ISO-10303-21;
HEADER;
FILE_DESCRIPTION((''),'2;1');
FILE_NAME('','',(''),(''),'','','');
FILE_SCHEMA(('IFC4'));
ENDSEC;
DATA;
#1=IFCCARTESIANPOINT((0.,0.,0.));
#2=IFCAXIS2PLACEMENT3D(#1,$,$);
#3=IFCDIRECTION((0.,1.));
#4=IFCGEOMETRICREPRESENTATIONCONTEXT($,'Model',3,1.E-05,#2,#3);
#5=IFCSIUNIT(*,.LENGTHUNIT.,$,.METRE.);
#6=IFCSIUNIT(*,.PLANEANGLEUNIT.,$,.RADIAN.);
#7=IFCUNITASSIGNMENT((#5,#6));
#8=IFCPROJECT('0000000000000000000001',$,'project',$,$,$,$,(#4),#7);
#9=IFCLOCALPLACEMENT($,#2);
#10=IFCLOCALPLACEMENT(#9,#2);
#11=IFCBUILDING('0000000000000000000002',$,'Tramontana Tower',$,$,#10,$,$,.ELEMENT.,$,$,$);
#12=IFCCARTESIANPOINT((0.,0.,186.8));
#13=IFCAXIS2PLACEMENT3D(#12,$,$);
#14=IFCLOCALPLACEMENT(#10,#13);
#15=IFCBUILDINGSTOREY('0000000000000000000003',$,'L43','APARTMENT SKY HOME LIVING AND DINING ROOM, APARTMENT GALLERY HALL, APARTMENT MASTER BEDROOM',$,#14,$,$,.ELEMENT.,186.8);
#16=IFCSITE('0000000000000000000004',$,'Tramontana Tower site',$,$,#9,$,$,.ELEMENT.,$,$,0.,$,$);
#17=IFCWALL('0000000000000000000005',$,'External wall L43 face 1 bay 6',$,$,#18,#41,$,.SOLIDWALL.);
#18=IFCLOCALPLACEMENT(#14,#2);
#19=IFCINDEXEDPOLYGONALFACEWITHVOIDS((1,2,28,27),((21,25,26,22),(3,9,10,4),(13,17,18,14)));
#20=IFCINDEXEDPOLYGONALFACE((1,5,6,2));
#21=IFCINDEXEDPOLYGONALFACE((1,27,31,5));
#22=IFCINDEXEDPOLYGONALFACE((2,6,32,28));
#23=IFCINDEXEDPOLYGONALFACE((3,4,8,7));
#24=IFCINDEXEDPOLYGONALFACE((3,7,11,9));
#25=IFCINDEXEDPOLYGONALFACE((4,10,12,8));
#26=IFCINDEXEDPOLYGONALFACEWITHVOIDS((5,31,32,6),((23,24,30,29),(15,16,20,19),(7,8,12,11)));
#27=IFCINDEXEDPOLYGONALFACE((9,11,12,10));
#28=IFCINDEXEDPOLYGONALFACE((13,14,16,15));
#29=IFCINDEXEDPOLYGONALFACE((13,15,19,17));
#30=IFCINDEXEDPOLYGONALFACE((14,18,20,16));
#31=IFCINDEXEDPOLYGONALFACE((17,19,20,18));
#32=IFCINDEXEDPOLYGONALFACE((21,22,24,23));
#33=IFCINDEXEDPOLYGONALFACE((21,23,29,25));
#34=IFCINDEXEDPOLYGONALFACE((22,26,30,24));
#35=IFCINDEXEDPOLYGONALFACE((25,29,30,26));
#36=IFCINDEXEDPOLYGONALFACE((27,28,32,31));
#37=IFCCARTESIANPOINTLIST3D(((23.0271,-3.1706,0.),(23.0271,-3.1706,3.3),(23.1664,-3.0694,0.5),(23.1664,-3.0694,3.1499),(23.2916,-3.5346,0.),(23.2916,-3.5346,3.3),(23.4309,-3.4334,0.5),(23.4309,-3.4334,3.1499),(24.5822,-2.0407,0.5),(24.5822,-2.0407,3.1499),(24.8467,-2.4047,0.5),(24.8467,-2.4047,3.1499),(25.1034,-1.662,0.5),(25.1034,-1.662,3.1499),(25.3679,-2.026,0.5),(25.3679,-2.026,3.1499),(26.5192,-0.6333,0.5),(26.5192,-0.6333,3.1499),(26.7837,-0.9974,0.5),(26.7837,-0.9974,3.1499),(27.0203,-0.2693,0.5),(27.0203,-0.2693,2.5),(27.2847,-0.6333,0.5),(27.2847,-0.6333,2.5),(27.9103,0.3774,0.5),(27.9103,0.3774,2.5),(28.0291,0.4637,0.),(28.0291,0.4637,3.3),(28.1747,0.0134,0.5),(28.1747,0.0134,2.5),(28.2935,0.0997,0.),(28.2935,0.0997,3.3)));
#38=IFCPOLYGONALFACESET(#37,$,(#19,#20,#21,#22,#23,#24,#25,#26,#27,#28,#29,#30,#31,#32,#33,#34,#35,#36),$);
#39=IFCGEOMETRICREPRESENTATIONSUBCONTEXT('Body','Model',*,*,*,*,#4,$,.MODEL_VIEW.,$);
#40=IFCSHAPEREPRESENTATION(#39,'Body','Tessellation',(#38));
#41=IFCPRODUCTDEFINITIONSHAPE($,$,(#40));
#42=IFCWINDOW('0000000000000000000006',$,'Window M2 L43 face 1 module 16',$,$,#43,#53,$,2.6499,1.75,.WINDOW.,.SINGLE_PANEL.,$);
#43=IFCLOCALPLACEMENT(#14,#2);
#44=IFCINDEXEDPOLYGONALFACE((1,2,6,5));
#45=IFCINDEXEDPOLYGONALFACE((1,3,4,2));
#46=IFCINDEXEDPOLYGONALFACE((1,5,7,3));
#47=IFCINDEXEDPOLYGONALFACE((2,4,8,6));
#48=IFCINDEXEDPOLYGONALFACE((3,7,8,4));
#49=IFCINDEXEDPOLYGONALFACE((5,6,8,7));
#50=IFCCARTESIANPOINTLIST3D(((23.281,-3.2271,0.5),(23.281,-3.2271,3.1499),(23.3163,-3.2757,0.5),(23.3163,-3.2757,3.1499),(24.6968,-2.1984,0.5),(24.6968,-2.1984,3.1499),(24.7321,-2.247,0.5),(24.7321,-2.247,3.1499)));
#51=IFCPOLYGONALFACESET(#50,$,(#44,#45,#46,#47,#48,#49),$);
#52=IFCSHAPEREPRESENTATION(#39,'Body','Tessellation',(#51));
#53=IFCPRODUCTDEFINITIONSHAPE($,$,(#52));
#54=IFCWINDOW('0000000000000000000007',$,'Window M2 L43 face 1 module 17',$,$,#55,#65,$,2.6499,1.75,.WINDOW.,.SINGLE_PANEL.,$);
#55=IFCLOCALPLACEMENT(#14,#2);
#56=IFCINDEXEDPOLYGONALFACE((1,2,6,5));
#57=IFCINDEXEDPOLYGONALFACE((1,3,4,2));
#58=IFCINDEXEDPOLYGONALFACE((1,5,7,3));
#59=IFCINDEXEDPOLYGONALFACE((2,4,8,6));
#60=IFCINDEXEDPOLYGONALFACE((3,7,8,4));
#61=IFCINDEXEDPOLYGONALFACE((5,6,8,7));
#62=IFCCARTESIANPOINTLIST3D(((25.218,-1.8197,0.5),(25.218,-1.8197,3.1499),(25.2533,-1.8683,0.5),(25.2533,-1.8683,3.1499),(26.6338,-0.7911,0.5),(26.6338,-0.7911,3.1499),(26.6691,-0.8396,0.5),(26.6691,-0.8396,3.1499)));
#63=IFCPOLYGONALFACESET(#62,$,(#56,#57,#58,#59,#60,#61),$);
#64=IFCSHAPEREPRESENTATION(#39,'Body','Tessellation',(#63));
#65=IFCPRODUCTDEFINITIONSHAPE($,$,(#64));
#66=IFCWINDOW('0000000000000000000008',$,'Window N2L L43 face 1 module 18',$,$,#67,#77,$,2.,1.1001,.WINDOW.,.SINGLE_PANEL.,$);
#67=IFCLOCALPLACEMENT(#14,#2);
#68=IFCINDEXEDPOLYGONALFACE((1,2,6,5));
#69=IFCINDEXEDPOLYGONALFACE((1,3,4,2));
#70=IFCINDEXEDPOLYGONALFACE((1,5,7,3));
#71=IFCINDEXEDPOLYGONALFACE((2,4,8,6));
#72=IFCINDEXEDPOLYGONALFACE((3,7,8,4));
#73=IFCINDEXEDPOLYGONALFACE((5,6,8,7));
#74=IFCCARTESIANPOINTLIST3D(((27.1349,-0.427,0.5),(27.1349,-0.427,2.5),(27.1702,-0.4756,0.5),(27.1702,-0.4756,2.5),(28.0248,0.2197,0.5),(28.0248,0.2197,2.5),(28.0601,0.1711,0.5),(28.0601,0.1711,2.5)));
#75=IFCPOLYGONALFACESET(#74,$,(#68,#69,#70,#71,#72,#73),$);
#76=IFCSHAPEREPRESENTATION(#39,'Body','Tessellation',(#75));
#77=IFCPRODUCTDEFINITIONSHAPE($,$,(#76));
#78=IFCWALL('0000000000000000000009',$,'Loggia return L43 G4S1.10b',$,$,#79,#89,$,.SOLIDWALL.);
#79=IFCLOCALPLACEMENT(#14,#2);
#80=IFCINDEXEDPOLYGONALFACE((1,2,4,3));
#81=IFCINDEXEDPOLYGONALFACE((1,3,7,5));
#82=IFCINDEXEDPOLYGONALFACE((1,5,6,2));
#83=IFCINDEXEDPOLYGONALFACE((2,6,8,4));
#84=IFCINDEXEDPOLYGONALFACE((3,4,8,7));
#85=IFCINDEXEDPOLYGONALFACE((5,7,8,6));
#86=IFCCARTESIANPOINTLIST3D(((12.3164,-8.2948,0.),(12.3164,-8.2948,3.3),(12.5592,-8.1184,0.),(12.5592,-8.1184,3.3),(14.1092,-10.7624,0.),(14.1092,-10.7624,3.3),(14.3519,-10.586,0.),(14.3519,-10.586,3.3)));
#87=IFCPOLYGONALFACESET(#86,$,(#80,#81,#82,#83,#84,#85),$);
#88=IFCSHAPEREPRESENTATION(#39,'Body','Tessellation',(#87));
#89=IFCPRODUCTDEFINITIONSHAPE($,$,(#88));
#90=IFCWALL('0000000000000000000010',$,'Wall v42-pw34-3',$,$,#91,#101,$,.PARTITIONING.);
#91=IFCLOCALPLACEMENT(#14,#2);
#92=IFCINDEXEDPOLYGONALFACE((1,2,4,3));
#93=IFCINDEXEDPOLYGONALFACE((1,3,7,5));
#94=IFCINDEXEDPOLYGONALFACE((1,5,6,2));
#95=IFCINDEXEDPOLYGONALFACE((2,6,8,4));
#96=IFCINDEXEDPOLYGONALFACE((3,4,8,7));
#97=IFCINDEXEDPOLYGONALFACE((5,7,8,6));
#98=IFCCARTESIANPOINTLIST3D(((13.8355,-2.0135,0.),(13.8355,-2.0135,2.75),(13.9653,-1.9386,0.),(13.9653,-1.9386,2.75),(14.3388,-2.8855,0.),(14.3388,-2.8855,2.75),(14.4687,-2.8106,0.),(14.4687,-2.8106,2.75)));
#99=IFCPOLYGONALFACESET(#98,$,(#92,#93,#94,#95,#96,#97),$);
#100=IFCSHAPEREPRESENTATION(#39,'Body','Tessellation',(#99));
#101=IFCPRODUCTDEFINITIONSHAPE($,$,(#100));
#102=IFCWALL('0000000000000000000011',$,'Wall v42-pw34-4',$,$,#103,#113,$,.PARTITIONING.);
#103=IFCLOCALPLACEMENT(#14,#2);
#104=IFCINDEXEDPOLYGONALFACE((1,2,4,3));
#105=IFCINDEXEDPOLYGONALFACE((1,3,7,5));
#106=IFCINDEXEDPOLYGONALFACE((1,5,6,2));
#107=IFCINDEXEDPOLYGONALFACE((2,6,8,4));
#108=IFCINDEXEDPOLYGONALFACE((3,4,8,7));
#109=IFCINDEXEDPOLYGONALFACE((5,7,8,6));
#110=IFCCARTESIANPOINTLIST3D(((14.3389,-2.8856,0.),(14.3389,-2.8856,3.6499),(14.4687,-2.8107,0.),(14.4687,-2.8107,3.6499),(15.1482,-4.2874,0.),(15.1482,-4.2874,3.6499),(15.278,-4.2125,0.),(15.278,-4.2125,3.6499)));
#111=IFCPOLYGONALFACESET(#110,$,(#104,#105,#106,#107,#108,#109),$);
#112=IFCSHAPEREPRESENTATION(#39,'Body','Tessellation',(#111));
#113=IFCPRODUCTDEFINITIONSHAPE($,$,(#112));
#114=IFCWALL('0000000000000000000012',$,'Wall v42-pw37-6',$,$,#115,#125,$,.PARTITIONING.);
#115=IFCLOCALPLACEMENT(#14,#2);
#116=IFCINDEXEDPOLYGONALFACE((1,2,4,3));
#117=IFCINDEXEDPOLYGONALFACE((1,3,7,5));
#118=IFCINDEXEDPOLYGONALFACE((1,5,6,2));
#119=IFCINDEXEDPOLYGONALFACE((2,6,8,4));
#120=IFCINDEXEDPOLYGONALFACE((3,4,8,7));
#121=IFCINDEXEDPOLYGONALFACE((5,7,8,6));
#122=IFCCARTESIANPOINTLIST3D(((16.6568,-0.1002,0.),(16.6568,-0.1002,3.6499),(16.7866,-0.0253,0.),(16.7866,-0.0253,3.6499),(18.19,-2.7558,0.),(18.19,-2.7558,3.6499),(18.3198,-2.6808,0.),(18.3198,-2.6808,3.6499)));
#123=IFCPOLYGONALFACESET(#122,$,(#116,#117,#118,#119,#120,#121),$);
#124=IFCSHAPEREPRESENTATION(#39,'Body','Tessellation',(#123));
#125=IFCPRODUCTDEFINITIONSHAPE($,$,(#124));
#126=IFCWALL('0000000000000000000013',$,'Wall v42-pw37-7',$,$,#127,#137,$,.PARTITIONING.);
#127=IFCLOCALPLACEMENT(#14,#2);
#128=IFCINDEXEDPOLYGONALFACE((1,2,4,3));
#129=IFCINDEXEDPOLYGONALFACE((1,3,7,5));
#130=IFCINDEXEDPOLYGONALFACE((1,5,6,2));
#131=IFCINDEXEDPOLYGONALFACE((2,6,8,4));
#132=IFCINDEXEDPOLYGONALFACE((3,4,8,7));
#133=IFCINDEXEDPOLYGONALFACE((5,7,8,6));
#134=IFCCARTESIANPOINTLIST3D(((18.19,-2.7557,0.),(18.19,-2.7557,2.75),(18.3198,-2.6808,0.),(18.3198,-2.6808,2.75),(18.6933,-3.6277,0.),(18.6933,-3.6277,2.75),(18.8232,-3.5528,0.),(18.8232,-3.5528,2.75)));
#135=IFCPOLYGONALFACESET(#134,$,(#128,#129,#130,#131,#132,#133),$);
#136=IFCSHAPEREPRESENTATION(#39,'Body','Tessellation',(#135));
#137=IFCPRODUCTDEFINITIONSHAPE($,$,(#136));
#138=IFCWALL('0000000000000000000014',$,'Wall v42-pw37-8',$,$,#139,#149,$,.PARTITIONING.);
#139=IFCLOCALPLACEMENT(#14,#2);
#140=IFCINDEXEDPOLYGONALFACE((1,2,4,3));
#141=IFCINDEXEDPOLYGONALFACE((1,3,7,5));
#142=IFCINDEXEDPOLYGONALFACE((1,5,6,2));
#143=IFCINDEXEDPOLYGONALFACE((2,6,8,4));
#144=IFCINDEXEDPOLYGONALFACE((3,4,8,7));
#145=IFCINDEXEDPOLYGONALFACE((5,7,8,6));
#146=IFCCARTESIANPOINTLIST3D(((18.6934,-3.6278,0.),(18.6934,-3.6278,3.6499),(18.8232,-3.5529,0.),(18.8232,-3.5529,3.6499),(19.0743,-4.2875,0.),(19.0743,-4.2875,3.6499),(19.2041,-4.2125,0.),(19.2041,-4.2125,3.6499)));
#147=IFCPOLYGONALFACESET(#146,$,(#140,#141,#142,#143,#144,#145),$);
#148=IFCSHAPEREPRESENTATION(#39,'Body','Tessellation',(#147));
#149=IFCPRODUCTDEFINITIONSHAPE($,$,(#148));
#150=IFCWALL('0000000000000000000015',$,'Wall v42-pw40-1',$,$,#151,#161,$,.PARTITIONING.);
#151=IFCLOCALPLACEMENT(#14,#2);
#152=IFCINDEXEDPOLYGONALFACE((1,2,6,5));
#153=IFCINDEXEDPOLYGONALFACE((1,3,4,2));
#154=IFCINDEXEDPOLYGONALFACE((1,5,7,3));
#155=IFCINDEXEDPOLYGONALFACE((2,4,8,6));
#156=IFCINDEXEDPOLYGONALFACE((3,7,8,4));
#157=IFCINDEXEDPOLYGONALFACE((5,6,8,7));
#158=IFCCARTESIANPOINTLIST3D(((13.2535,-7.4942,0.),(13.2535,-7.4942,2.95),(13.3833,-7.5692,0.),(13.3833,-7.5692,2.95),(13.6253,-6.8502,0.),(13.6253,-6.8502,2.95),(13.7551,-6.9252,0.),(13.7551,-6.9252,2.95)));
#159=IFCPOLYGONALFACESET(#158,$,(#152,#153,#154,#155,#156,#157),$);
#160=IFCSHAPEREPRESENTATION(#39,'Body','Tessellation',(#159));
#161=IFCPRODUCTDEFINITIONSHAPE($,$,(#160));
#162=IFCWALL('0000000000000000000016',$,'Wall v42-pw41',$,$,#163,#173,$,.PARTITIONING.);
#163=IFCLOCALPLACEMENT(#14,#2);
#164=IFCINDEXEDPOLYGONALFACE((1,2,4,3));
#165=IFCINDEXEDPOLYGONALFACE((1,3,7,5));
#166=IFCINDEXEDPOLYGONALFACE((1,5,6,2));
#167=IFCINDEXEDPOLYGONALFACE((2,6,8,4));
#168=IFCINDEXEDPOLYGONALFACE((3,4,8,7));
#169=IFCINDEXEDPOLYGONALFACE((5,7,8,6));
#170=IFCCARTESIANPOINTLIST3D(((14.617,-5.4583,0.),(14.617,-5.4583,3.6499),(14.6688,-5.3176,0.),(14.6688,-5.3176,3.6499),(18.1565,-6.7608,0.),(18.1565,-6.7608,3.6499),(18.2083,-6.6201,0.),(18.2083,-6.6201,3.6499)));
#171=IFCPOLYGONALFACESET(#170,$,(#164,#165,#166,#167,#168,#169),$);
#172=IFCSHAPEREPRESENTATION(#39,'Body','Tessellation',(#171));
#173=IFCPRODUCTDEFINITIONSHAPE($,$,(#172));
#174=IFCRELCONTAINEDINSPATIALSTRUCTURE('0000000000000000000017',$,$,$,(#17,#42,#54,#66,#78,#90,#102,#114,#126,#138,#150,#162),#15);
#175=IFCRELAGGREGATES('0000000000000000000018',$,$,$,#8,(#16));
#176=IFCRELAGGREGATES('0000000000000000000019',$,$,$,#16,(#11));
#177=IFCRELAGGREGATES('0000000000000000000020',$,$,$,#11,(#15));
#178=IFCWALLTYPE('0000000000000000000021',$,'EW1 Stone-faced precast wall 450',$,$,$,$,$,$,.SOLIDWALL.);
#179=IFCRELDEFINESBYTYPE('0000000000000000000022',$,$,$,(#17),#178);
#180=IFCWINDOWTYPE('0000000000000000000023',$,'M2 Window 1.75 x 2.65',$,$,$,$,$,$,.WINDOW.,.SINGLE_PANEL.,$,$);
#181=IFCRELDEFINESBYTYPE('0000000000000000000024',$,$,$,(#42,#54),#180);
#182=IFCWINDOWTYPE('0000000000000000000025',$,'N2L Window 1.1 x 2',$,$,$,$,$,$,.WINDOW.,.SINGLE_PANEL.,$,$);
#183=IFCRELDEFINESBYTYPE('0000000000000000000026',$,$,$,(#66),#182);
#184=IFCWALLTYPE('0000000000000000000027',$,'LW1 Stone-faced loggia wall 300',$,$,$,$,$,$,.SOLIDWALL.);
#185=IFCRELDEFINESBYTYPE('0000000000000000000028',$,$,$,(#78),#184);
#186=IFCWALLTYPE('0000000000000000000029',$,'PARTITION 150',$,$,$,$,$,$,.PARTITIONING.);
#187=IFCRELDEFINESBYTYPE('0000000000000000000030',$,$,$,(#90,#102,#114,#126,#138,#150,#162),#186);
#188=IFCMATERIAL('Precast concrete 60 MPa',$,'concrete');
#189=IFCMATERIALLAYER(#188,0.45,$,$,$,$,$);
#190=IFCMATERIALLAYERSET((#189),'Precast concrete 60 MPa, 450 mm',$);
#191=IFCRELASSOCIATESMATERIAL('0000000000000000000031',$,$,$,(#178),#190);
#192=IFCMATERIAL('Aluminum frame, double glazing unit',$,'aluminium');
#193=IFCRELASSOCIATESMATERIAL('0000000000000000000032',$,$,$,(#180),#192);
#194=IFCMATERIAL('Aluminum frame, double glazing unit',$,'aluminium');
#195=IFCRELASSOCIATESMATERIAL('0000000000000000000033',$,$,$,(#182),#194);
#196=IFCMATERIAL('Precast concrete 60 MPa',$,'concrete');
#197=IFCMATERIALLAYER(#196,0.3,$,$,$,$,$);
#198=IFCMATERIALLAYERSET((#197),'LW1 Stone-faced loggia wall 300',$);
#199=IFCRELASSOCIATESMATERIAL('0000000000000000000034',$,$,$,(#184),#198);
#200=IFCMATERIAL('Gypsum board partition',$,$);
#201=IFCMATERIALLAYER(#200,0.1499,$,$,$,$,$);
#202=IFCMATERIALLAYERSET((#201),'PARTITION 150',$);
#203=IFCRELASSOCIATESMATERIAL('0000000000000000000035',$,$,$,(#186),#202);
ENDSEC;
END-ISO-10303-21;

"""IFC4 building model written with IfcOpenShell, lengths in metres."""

from ifc_helpers import new_model, si_unit, direction, frame, frame_2d, origin, place, context, subcontext, project, spatial, rectangle, extrude, material, layer, layer_set, type_object, element, fill, save


model = new_model("IFC4")

# Units and contexts
model_context = context("Model", 3, precision=1e-05, world=origin(), true_north=direction((0.0, 1.0)))
body_context = subcontext(model_context, "Body", "Model", "MODEL_VIEW")
ifc_project = project(units=[si_unit("LENGTHUNIT", "METRE"), si_unit("PLANEANGLEUNIT", "RADIAN")], contexts=[model_context])

# Site, building, storey
site_placement = place(None, origin())
site = spatial("IfcSite", under=ifc_project, at=site_placement, Name="Tramontana Tower site", CompositionType="ELEMENT", RefElevation=0.0)
building_placement = place(site_placement, origin())
building = spatial("IfcBuilding", under=site, at=building_placement, Name="Tramontana Tower", CompositionType="ELEMENT")
storey_placement = place(building_placement, frame((0.0, 0.0, 186.8)))
storey = spatial("IfcBuildingStorey", under=building, at=storey_placement, Name="L43", Description="APARTMENT SKY HOME LIVING AND DINING ROOM, APARTMENT GALLERY HALL, APARTMENT MASTER BEDROOM", CompositionType="ELEMENT", Elevation=186.8)

# Shared definitions
ifc_material_1 = material(Name="Precast concrete 60 MPa", Category="concrete")
ifc_layer_1 = layer(ifc_material_1, 0.45)
ifc_layer_set_1 = layer_set([ifc_layer_1], Name="Precast concrete 60 MPa, 450 mm")
wall_type_1 = type_object("IfcWallType", Name="EW1 Stone-faced precast wall 450", PredefinedType="SOLIDWALL", material=ifc_layer_set_1)
ifc_material_2 = material(Name="Aluminum frame, double glazing unit", Category="aluminium")
window_type_1 = type_object("IfcWindowType", Name="M2 Window 1.75 x 2.65", PartitioningType="SINGLE_PANEL", PredefinedType="WINDOW", material=ifc_material_2)

# Wall, openings, windows
wall_1_placement = place(storey_placement, frame((23.1594, -3.3525, 0.0), z_axis=(0.0, 0.0, 1.0), x_axis=(0.809006, 0.587801, 0.0)))
wall_1 = element("IfcWall", 1, at=wall_1_placement, inside=storey, type_object=wall_type_1, Name="External wall L43 face 1 bay 6", PredefinedType="SOLIDWALL", context=body_context, shape_type="SweptSolid", body=[
    extrude(rectangle(XDim=6.1829, YDim=0.45, at=frame_2d((3.0913, 0.0))), origin(), (0.0, 0.0, 1.0), 3.3),
])
opening_1_placement = place(wall_1_placement, frame((0.1721, 0.0, 0.5)))
opening_1 = element("IfcOpeningElement", 2, at=opening_1_placement, cuts=wall_1, PredefinedType="OPENING", context=body_context, shape_type="SweptSolid", body=[
    extrude(rectangle(XDim=1.75, YDim=2.6499, at=frame_2d((0.875, 1.325))), frame((0.0, 0.2349, 0.0), z_axis=(0.0, -1.0, 0.0), x_axis=(1.0, 0.0, 0.0)), (0.0, 0.0, 1.0), 0.47),
])
opening_2_placement = place(wall_1_placement, frame((2.5664, 0.0, 0.5)))
opening_2 = element("IfcOpeningElement", 3, at=opening_2_placement, cuts=wall_1, PredefinedType="OPENING", context=body_context, shape_type="SweptSolid", body=[
    extrude(rectangle(XDim=1.75, YDim=2.6499, at=frame_2d((0.875, 1.325))), frame((0.0, 0.2349, 0.0), z_axis=(0.0, -1.0, 0.0), x_axis=(1.0, 0.0, 0.0)), (0.0, 0.0, 1.0), 0.47),
])
opening_3_placement = place(wall_1_placement, frame((4.9358, 0.0, 0.5)))
opening_3 = element("IfcOpeningElement", 4, at=opening_3_placement, cuts=wall_1, PredefinedType="OPENING", context=body_context, shape_type="SweptSolid", body=[
    extrude(rectangle(XDim=1.1001, YDim=2.0, at=frame_2d((0.55, 1.0))), frame((0.0, 0.2349, 0.0), z_axis=(0.0, -1.0, 0.0), x_axis=(1.0, 0.0, 0.0)), (0.0, 0.0, 1.0), 0.47),
])
window_1_placement = place(opening_1_placement, origin())
window_1 = element("IfcWindow", 5, at=window_1_placement, inside=storey, type_object=window_type_1, Name="Window M2 L43 face 1 module 16", OverallHeight=2.6499, OverallWidth=1.75, PartitioningType="SINGLE_PANEL", PredefinedType="WINDOW", context=body_context, shape_type="SweptSolid", body=[
    extrude(rectangle(XDim=1.75, YDim=2.6499, at=frame_2d((0.875, 1.325))), frame((0.0, 0.03, 0.0), z_axis=(0.0, -1.0, 0.0), x_axis=(1.0, 0.0, 0.0)), (0.0, 0.0, 1.0), 0.0601),
])
fill(opening_1, window_1)
window_2_placement = place(opening_2_placement, origin())
window_2 = element("IfcWindow", 6, at=window_2_placement, inside=storey, type_object=window_type_1, Name="Window M2 L43 face 1 module 17", OverallHeight=2.6499, OverallWidth=1.75, PartitioningType="SINGLE_PANEL", PredefinedType="WINDOW", context=body_context, shape_type="SweptSolid", body=[
    extrude(rectangle(XDim=1.75, YDim=2.6499, at=frame_2d((0.875, 1.325))), frame((0.0, 0.03, 0.0), z_axis=(0.0, -1.0, 0.0), x_axis=(1.0, 0.0, 0.0)), (0.0, 0.0, 1.0), 0.0601),
])
fill(opening_2, window_2)
ifc_material_3 = material(Name="Aluminum frame, double glazing unit", Category="aluminium")
window_type_2 = type_object("IfcWindowType", Name="N2L Window 1.1 x 2", PartitioningType="SINGLE_PANEL", PredefinedType="WINDOW", material=ifc_material_3)
window_3_placement = place(opening_3_placement, origin())
window_3 = element("IfcWindow", 7, at=window_3_placement, inside=storey, type_object=window_type_2, Name="Window N2L L43 face 1 module 18", OverallHeight=2.0, OverallWidth=1.1001, PartitioningType="SINGLE_PANEL", PredefinedType="WINDOW", context=body_context, shape_type="SweptSolid", body=[
    extrude(rectangle(XDim=1.1001, YDim=2.0, at=frame_2d((0.55, 1.0))), frame((0.0, 0.03, 0.0), z_axis=(0.0, -1.0, 0.0), x_axis=(1.0, 0.0, 0.0)), (0.0, 0.0, 1.0), 0.0601),
])
fill(opening_3, window_3)

# Walls
ifc_material_4 = material(Name="Precast concrete 60 MPa", Category="concrete")
ifc_layer_2 = layer(ifc_material_4, 0.3)
ifc_layer_set_2 = layer_set([ifc_layer_2], Name="LW1 Stone-faced loggia wall 300")
wall_type_2 = type_object("IfcWallType", Name="LW1 Stone-faced loggia wall 300", PredefinedType="SOLIDWALL", material=ifc_layer_set_2)
wall_2_placement = place(storey_placement, frame((14.2305, -10.6741, 0.0), z_axis=(0.0, 0.0, 1.0), x_axis=(-0.587777, 0.809023, 0.0)))
element("IfcWall", 8, at=wall_2_placement, inside=storey, type_object=wall_type_2, Name="Loggia return L43 G4S1.10b", PredefinedType="SOLIDWALL", context=body_context, shape_type="SweptSolid", body=[
    extrude(rectangle(XDim=3.05, YDim=0.3, at=frame_2d((1.5249, 0.0))), origin(), (0.0, 0.0, 1.0), 3.3),
])
ifc_material_5 = material(Name="Gypsum board partition")
ifc_layer_3 = layer(ifc_material_5, 0.1499)
ifc_layer_set_3 = layer_set([ifc_layer_3], Name="PARTITION 150")
wall_type_3 = type_object("IfcWallType", Name="PARTITION 150", PredefinedType="PARTITIONING", material=ifc_layer_set_3)
wall_3_placement = place(storey_placement, frame((13.9004, -1.9761, 0.0), z_axis=(0.0, 0.0, 1.0), x_axis=(0.499946, -0.866056, 0.0)))
element("IfcWall", 9, at=wall_3_placement, inside=storey, type_object=wall_type_3, Name="Wall v42-pw34-3", PredefinedType="PARTITIONING", context=body_context, shape_type="SweptSolid", body=[
    extrude(rectangle(XDim=1.0068, YDim=0.1499, at=frame_2d((0.5034, 0.0))), origin(), (0.0, 0.0, 1.0), 2.75),
])
wall_4_placement = place(storey_placement, frame((14.4038, -2.8481, 0.0), z_axis=(0.0, 0.0, 1.0), x_axis=(0.499984, -0.866035, 0.0)))
element("IfcWall", 10, at=wall_4_placement, inside=storey, type_object=wall_type_3, Name="Wall v42-pw34-4", PredefinedType="PARTITIONING", context=body_context, shape_type="SweptSolid", body=[
    extrude(rectangle(XDim=1.6187, YDim=0.1499, at=frame_2d((0.8093, 0.0))), origin(), (0.0, 0.0, 1.0), 3.6499),
])
wall_5_placement = place(storey_placement, frame((16.7217, -0.0627, 0.0), z_axis=(0.0, 0.0, 1.0), x_axis=(0.50001, -0.86602, 0.0)))
element("IfcWall", 11, at=wall_5_placement, inside=storey, type_object=wall_type_3, Name="Wall v42-pw37-6", PredefinedType="PARTITIONING", context=body_context, shape_type="SweptSolid", body=[
    extrude(rectangle(XDim=3.0664, YDim=0.1499, at=frame_2d((1.5332, 0.0))), origin(), (0.0, 0.0, 1.0), 3.6499),
])
wall_6_placement = place(storey_placement, frame((18.2549, -2.7183, 0.0), z_axis=(0.0, 0.0, 1.0), x_axis=(0.499946, -0.866056, 0.0)))
element("IfcWall", 12, at=wall_6_placement, inside=storey, type_object=wall_type_3, Name="Wall v42-pw37-7", PredefinedType="PARTITIONING", context=body_context, shape_type="SweptSolid", body=[
    extrude(rectangle(XDim=1.0068, YDim=0.1499, at=frame_2d((0.5034, 0.0))), origin(), (0.0, 0.0, 1.0), 2.75),
])
wall_7_placement = place(storey_placement, frame((18.7583, -3.5903, 0.0), z_axis=(0.0, 0.0, 1.0), x_axis=(0.5, -0.866025, 0.0)))
element("IfcWall", 13, at=wall_7_placement, inside=storey, type_object=wall_type_3, Name="Wall v42-pw37-8", PredefinedType="PARTITIONING", context=body_context, shape_type="SweptSolid", body=[
    extrude(rectangle(XDim=0.7617, YDim=0.1499, at=frame_2d((0.3809, 0.0))), origin(), (0.0, 0.0, 1.0), 3.6499),
])

# Walls
wall_8_placement = place(storey_placement, frame((13.6902, -6.8877, 0.0), z_axis=(0.0, 0.0, 1.0), x_axis=(-0.499988, -0.866033, 0.0)))
element("IfcWall", 14, at=wall_8_placement, inside=storey, type_object=wall_type_3, Name="Wall v42-pw40-1", PredefinedType="PARTITIONING", context=body_context, shape_type="SweptSolid", body=[
    extrude(rectangle(XDim=0.7437, YDim=0.1499, at=frame_2d((0.3718, 0.0))), origin(), (0.0, 0.0, 1.0), 2.95),
])
wall_9_placement = place(storey_placement, frame((18.1824, -6.6904, 0.0), z_axis=(0.0, 0.0, 1.0), x_axis=(-0.938477, 0.345342, 0.0)))
element("IfcWall", 15, at=wall_9_placement, inside=storey, type_object=wall_type_3, Name="Wall v42-pw41", PredefinedType="PARTITIONING", context=body_context, shape_type="SweptSolid", body=[
    extrude(rectangle(XDim=3.7715, YDim=0.1499, at=frame_2d((1.8857, 0.0))), origin(), (0.0, 0.0, 1.0), 3.6499),
])

save(model, "model.ifc")
